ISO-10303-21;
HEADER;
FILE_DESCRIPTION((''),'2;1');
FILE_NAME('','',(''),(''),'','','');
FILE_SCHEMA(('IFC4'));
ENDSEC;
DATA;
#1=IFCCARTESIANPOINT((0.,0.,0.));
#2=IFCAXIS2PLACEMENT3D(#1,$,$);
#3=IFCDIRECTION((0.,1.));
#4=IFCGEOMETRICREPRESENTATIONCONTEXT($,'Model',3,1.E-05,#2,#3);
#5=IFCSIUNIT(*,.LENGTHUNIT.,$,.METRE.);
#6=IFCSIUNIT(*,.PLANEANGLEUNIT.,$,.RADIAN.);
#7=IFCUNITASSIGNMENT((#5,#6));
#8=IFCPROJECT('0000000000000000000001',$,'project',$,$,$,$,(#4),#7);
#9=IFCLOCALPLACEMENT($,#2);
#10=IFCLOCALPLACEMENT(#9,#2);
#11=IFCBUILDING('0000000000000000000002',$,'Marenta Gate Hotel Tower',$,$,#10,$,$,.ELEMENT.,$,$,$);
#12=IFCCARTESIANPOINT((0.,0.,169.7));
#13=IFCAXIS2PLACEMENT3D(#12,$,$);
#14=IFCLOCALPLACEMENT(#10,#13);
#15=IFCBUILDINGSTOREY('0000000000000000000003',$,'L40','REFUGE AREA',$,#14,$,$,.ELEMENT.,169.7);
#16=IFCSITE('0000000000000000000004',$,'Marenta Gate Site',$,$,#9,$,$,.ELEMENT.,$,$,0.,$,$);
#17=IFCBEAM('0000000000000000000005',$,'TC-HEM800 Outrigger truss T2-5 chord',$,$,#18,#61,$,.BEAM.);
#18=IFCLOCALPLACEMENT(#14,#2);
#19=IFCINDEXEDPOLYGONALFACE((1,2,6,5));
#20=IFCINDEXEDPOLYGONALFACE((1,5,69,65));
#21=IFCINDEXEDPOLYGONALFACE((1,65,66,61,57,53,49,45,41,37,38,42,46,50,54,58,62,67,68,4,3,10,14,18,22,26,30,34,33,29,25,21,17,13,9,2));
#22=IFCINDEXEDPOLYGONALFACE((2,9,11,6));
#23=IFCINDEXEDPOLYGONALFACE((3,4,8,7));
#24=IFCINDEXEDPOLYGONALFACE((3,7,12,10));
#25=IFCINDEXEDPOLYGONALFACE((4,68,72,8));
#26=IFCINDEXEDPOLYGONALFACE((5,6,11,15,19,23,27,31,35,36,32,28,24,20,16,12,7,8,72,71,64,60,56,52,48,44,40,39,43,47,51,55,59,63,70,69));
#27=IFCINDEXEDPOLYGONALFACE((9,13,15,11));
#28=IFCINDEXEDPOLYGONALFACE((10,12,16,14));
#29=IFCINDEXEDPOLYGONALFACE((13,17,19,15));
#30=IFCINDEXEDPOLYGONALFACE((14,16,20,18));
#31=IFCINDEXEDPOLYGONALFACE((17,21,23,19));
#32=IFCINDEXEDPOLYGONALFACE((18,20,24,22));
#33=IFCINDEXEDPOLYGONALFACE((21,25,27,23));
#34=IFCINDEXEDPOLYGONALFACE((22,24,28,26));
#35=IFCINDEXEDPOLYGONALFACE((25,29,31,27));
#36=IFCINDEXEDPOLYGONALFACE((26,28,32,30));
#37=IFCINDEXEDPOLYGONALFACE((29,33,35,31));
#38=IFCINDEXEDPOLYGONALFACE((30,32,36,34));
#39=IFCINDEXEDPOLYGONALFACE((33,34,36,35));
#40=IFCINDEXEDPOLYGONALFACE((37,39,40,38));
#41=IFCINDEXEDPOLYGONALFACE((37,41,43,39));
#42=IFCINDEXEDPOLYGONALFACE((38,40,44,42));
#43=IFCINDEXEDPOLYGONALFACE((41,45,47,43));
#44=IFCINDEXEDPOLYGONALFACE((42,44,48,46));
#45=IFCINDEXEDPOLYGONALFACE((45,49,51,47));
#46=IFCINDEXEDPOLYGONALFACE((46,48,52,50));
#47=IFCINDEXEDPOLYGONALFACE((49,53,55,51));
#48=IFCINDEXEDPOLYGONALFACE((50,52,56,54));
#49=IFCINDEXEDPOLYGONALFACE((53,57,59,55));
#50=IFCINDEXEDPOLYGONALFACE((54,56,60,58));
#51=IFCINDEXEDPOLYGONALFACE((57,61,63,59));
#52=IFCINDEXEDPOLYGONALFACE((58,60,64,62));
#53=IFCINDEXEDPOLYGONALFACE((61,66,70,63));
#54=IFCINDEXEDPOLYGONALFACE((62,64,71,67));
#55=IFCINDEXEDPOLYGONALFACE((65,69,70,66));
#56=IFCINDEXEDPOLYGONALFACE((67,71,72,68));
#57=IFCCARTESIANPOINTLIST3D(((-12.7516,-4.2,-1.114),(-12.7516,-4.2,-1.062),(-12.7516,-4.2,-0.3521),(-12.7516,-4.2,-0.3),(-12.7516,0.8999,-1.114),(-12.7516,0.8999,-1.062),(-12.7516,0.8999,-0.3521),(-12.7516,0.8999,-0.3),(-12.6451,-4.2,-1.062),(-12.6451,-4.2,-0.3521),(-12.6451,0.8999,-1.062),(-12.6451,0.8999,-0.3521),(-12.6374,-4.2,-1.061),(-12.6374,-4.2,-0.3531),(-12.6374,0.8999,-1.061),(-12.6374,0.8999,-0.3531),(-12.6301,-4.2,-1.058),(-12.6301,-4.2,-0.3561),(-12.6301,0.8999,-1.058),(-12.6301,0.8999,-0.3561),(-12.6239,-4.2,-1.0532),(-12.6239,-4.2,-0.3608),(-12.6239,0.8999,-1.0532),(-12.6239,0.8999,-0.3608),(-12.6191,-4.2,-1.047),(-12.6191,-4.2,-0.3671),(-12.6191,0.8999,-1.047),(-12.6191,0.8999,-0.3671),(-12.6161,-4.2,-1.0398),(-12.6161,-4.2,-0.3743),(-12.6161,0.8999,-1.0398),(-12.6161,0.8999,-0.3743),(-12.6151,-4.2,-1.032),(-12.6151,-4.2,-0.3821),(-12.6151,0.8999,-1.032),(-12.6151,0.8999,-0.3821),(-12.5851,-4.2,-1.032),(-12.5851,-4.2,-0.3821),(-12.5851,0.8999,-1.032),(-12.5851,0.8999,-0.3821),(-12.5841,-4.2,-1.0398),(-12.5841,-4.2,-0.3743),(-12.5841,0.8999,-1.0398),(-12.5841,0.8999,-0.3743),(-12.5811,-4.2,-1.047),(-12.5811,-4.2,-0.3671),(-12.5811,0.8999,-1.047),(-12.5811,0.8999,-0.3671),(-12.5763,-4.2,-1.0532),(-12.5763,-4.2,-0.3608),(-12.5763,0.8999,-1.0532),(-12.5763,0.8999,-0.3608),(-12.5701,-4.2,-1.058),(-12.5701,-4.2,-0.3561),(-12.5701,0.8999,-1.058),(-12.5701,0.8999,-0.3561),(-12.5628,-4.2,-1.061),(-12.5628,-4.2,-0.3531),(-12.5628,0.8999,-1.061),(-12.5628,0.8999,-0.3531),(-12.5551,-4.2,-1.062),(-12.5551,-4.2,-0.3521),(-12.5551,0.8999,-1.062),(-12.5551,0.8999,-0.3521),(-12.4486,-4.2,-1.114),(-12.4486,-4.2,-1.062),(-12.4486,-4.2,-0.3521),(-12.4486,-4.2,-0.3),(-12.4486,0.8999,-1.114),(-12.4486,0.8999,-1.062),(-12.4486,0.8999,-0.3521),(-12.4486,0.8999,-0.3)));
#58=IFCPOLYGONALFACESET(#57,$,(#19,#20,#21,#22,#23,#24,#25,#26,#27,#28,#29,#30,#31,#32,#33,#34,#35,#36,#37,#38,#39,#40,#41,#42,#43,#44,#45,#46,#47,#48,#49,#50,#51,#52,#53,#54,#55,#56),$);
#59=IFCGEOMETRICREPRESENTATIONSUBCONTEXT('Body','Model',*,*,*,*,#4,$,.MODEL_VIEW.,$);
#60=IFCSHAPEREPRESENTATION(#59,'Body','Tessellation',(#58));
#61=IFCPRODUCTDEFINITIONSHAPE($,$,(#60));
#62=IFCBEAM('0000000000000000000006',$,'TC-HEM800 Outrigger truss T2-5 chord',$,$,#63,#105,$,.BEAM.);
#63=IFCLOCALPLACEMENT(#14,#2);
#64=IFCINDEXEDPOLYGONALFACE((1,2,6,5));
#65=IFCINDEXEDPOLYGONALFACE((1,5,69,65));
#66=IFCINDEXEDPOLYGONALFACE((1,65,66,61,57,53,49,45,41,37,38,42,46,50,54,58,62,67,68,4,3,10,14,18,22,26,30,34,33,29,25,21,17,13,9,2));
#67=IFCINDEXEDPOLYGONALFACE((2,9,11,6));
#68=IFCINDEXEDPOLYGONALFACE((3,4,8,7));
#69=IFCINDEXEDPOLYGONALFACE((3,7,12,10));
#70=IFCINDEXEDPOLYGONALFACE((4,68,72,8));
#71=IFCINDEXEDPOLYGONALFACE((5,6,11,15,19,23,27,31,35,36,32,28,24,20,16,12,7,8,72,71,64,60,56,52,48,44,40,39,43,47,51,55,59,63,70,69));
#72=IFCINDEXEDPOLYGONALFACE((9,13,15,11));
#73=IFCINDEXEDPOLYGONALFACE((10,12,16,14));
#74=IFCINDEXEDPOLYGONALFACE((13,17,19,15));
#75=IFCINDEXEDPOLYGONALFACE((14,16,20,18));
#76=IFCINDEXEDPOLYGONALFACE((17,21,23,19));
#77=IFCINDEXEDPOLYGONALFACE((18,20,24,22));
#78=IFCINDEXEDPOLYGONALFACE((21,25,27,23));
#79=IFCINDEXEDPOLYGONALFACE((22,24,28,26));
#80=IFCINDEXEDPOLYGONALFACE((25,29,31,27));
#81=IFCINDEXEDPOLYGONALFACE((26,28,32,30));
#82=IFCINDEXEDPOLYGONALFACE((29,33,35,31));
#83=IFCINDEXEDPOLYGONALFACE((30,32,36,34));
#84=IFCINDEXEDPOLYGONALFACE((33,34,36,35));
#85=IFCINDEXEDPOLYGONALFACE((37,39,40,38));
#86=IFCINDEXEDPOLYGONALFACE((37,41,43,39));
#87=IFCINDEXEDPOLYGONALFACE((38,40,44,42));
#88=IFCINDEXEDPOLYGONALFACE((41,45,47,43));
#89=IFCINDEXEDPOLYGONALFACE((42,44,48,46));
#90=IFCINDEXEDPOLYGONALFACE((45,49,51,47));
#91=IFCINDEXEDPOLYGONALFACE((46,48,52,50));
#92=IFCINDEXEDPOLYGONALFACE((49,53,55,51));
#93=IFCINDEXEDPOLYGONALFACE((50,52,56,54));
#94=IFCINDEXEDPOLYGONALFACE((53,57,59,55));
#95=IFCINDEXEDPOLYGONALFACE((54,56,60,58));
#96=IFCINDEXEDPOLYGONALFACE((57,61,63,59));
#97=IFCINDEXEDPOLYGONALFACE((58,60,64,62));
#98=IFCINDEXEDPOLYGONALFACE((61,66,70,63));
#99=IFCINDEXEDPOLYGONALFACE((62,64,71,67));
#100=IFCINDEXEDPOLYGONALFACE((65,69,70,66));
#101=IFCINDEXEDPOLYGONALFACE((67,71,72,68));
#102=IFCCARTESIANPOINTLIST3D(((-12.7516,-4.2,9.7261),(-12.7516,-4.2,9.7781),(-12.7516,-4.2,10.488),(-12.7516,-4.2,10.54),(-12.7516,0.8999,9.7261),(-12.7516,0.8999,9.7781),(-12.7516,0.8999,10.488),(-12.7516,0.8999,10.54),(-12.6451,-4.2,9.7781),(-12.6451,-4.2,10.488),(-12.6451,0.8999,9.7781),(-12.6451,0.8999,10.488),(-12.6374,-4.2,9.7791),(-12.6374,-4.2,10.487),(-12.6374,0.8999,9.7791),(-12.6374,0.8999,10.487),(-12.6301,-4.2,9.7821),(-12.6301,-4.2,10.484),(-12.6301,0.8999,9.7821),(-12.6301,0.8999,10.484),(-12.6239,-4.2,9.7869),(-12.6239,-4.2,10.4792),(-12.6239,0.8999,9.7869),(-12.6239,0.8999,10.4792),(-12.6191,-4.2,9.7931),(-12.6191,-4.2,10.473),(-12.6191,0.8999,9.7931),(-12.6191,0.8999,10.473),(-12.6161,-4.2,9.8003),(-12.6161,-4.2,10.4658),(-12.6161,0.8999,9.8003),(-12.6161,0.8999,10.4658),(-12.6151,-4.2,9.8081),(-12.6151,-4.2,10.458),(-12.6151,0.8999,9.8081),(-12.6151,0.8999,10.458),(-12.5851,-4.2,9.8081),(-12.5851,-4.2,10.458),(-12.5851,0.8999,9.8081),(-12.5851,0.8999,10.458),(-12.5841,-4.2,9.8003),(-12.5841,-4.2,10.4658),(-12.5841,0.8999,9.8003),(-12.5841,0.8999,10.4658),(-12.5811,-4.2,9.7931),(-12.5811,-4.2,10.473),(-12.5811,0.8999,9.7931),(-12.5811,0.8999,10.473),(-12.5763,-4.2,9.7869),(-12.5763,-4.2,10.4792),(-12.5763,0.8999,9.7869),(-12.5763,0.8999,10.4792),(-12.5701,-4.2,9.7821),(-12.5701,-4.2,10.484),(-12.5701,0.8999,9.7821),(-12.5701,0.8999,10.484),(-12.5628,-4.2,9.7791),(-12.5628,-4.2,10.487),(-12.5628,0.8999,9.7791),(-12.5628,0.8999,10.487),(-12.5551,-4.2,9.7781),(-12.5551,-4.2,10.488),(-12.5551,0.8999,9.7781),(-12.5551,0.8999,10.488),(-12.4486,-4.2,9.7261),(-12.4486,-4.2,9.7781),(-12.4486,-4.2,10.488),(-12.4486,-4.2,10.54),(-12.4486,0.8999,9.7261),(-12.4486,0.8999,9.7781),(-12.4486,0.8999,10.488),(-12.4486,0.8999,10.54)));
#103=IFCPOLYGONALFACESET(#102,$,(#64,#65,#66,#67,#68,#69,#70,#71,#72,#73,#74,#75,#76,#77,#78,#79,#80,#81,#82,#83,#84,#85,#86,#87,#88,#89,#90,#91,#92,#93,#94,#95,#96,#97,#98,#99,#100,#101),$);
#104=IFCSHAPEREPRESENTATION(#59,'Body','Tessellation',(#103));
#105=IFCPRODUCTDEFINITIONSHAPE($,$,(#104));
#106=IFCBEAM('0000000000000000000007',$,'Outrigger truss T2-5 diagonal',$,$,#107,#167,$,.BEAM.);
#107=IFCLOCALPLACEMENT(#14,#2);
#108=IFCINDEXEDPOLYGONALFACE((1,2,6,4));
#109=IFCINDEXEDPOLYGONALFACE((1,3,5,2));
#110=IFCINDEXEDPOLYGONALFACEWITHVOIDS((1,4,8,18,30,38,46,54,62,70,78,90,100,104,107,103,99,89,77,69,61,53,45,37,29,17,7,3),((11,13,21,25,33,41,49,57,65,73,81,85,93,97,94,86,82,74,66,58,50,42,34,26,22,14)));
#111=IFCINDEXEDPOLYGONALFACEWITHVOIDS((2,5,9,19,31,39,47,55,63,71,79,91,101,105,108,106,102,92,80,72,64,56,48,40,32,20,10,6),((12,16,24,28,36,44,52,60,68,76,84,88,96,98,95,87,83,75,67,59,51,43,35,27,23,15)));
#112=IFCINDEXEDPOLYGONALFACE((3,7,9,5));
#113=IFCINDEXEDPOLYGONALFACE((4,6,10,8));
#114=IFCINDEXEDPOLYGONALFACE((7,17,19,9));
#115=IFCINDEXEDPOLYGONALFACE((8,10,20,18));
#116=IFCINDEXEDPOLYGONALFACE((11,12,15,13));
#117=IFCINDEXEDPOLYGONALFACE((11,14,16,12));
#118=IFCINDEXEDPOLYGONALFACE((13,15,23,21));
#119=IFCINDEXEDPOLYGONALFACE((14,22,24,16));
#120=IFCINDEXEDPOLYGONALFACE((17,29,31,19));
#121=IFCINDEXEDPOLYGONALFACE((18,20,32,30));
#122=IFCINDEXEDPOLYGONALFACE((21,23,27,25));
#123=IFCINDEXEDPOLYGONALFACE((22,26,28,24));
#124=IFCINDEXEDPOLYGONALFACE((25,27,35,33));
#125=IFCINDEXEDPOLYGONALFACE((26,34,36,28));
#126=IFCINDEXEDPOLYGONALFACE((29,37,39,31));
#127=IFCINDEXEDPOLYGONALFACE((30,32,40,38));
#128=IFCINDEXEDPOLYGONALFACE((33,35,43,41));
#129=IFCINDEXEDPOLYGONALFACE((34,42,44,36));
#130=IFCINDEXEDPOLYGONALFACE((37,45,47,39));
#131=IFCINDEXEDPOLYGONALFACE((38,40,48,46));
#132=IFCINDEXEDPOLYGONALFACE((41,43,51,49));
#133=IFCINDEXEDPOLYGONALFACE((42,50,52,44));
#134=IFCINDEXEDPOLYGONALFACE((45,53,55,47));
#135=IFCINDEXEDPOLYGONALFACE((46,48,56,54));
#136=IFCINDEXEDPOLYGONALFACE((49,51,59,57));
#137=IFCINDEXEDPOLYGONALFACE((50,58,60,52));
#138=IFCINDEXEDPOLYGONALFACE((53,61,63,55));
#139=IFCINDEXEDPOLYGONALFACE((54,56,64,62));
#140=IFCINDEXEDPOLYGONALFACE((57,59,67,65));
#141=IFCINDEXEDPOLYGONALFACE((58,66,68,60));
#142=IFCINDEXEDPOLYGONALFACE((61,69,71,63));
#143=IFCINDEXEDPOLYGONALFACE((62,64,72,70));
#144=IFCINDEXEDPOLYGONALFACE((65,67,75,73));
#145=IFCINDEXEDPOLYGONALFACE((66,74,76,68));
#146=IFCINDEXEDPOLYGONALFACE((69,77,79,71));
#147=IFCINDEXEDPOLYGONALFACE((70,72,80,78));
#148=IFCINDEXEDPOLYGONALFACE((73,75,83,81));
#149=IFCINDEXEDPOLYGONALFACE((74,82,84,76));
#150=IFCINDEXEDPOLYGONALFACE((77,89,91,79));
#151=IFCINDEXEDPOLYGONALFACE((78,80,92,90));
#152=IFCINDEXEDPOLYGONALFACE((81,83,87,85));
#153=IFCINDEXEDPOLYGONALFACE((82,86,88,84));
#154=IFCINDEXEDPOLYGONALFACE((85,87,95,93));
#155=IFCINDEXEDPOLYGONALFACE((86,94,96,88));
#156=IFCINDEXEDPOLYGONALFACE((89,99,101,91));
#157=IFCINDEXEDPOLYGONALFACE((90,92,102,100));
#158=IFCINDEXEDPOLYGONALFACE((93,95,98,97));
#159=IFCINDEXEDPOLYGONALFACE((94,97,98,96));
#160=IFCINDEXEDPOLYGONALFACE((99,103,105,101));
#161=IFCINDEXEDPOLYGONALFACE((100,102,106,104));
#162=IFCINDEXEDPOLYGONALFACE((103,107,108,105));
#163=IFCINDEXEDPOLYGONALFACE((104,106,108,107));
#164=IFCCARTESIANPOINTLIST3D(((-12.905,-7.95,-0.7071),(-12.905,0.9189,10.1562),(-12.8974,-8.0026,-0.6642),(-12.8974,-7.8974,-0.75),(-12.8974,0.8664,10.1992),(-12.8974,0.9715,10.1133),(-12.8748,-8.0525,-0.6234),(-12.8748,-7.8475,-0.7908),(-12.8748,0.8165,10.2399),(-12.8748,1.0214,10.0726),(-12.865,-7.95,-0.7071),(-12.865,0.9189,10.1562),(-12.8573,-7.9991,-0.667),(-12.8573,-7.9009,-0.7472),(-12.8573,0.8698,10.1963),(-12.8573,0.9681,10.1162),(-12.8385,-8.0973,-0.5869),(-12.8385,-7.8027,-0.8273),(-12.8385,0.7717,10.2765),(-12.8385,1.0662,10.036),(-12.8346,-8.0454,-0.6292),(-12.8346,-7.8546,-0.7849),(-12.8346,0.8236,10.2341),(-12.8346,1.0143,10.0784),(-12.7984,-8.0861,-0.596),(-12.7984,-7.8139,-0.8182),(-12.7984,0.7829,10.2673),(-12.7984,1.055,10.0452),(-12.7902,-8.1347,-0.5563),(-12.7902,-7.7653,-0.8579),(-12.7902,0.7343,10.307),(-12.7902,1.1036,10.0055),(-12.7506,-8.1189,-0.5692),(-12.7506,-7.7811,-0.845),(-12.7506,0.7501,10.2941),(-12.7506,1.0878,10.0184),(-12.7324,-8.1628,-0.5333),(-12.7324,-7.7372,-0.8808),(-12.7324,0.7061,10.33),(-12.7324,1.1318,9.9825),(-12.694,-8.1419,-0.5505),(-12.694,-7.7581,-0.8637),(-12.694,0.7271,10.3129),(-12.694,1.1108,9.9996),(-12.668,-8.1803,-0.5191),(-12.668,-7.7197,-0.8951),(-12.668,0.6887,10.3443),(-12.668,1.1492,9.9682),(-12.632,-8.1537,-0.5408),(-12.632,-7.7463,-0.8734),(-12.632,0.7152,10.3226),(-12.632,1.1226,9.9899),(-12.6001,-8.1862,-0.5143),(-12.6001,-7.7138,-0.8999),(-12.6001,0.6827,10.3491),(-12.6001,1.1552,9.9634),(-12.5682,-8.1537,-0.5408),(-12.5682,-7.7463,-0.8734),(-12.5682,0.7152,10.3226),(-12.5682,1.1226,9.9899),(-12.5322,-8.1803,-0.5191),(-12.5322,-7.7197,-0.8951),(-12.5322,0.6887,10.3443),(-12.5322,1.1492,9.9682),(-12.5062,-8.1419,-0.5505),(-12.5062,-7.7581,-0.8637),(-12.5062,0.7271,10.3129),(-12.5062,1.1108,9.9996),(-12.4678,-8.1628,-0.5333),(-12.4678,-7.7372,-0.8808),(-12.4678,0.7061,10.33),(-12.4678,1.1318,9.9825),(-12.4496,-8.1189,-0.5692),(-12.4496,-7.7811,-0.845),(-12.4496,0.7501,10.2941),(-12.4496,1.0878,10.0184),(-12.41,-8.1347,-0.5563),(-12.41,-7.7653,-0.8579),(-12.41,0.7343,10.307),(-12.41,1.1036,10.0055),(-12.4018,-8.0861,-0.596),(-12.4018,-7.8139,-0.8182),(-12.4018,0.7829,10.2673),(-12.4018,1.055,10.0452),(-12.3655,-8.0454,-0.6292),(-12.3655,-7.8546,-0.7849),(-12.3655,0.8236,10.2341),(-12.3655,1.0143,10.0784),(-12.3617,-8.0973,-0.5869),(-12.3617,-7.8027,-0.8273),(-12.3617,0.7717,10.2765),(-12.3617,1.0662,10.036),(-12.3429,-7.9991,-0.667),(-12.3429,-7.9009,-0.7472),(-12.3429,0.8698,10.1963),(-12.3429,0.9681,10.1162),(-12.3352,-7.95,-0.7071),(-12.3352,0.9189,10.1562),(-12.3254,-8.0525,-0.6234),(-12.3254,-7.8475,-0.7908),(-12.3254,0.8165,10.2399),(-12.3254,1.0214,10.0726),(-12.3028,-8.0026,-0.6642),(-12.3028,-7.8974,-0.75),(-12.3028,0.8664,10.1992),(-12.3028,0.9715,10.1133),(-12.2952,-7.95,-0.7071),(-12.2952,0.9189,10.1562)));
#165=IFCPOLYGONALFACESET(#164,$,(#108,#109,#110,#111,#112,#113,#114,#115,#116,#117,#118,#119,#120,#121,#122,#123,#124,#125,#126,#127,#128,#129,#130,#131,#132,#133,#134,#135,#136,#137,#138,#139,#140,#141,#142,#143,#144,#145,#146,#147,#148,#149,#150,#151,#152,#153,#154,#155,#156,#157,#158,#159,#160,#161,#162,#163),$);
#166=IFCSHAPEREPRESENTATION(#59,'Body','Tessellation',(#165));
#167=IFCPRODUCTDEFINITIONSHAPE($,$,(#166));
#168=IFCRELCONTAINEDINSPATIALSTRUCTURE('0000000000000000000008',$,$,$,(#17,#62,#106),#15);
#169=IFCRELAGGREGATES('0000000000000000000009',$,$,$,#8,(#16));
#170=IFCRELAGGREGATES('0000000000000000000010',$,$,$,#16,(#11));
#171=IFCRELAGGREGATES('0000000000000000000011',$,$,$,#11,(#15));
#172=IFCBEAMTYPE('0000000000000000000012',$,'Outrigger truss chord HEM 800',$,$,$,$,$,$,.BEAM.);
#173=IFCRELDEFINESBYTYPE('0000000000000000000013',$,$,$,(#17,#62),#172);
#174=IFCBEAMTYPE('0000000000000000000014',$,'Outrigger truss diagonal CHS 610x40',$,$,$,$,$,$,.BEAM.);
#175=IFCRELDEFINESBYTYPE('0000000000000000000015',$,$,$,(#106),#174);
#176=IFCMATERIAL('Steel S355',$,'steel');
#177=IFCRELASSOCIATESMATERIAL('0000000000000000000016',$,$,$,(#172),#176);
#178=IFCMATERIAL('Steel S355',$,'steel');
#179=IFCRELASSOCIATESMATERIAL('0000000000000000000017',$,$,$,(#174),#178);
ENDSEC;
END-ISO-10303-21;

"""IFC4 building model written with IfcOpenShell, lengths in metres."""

from ifc_helpers import new_model, si_unit, direction, frame, origin, origin_2d, place, context, subcontext, project, spatial, hollow_circle, i_section, extrude, material, material_profile, profile_set, type_object, element, save


model = new_model("IFC4")

# Units and contexts
model_context = context("Model", 3, precision=1e-05, world=origin(), true_north=direction((0.0, 1.0)))
body_context = subcontext(model_context, "Body", "Model", "MODEL_VIEW")
ifc_project = project(units=[si_unit("LENGTHUNIT", "METRE"), si_unit("PLANEANGLEUNIT", "RADIAN")], contexts=[model_context])

# Site, building, storey
site_placement = place(None, origin())
site = spatial("IfcSite", under=ifc_project, at=site_placement, Name="Marenta Gate Site", CompositionType="ELEMENT", RefElevation=0.0)
building_placement = place(site_placement, origin())
building = spatial("IfcBuilding", under=site, at=building_placement, Name="Marenta Gate Hotel Tower", CompositionType="ELEMENT")
storey_placement = place(building_placement, frame((0.0, 0.0, 169.7)))
storey = spatial("IfcBuildingStorey", under=building, at=storey_placement, Name="L40", Description="REFUGE AREA", CompositionType="ELEMENT", Elevation=169.7)

# Beams
ifc_material_1 = material(Name="Steel S355", Category="steel")
ifc_material_profile_1 = material_profile(ifc_material_1, i_section(OverallWidth=0.303, OverallDepth=0.814, WebThickness=0.03, FlangeThickness=0.052, FilletRadius=0.03, at=origin_2d()), Name="HEM 800")
ifc_profile_set_1 = profile_set([ifc_material_profile_1], Name="Steel S355")
beam_type_1 = type_object("IfcBeamType", Name="Outrigger truss chord HEM 800", PredefinedType="BEAM", material=ifc_profile_set_1)
for number, where, z_axis, x_axis, name in (
    (1, (-12.6001, 0.8999, -0.707), (0.0, -1.0, 0.0), (1.0, 0.0, 0.0), "TC-HEM800 Outrigger truss T2-5 chord"),
    (2, (-12.6001, 0.8999, 10.1331), (0.0, -1.0, 0.0), (1.0, 0.0, 0.0), "TC-HEM800 Outrigger truss T2-5 chord"),
):
    element("IfcBeam", number, at=place(storey_placement, frame(where, z_axis=z_axis, x_axis=x_axis)), inside=storey, type_object=beam_type_1, Name=name, PredefinedType="BEAM", context=body_context, shape_type="SweptSolid", body=[
        extrude(i_section(OverallWidth=0.303, OverallDepth=0.814, WebThickness=0.03, FlangeThickness=0.052, FilletRadius=0.03, at=origin_2d()), origin(), (0.0, 0.0, 1.0), 5.0999),
    ])
ifc_material_2 = material(Name="Steel S355", Category="steel")
ifc_material_profile_2 = material_profile(ifc_material_2, hollow_circle(Radius=0.3049, WallThickness=0.04, at=origin_2d()), Name="CHS 610x40")
ifc_profile_set_2 = profile_set([ifc_material_profile_2], Name="Steel S355")
beam_type_2 = type_object("IfcBeamType", Name="Outrigger truss diagonal CHS 610x40", PredefinedType="BEAM", material=ifc_profile_set_2)
beam_1_placement = place(storey_placement, frame((-12.6001, 0.9189, 10.1562), z_axis=(0.0, -0.632416, -0.774629), x_axis=(1.0, 0.0, 0.0)))
element("IfcBeam", 3, at=beam_1_placement, inside=storey, type_object=beam_type_2, Name="Outrigger truss T2-5 diagonal", PredefinedType="BEAM", context=body_context, shape_type="SweptSolid", body=[
    extrude(hollow_circle(Radius=0.3049, WallThickness=0.04, at=origin_2d()), origin(), (0.0, 0.0, 1.0), 14.0239),
])

save(model, "model.ifc")
